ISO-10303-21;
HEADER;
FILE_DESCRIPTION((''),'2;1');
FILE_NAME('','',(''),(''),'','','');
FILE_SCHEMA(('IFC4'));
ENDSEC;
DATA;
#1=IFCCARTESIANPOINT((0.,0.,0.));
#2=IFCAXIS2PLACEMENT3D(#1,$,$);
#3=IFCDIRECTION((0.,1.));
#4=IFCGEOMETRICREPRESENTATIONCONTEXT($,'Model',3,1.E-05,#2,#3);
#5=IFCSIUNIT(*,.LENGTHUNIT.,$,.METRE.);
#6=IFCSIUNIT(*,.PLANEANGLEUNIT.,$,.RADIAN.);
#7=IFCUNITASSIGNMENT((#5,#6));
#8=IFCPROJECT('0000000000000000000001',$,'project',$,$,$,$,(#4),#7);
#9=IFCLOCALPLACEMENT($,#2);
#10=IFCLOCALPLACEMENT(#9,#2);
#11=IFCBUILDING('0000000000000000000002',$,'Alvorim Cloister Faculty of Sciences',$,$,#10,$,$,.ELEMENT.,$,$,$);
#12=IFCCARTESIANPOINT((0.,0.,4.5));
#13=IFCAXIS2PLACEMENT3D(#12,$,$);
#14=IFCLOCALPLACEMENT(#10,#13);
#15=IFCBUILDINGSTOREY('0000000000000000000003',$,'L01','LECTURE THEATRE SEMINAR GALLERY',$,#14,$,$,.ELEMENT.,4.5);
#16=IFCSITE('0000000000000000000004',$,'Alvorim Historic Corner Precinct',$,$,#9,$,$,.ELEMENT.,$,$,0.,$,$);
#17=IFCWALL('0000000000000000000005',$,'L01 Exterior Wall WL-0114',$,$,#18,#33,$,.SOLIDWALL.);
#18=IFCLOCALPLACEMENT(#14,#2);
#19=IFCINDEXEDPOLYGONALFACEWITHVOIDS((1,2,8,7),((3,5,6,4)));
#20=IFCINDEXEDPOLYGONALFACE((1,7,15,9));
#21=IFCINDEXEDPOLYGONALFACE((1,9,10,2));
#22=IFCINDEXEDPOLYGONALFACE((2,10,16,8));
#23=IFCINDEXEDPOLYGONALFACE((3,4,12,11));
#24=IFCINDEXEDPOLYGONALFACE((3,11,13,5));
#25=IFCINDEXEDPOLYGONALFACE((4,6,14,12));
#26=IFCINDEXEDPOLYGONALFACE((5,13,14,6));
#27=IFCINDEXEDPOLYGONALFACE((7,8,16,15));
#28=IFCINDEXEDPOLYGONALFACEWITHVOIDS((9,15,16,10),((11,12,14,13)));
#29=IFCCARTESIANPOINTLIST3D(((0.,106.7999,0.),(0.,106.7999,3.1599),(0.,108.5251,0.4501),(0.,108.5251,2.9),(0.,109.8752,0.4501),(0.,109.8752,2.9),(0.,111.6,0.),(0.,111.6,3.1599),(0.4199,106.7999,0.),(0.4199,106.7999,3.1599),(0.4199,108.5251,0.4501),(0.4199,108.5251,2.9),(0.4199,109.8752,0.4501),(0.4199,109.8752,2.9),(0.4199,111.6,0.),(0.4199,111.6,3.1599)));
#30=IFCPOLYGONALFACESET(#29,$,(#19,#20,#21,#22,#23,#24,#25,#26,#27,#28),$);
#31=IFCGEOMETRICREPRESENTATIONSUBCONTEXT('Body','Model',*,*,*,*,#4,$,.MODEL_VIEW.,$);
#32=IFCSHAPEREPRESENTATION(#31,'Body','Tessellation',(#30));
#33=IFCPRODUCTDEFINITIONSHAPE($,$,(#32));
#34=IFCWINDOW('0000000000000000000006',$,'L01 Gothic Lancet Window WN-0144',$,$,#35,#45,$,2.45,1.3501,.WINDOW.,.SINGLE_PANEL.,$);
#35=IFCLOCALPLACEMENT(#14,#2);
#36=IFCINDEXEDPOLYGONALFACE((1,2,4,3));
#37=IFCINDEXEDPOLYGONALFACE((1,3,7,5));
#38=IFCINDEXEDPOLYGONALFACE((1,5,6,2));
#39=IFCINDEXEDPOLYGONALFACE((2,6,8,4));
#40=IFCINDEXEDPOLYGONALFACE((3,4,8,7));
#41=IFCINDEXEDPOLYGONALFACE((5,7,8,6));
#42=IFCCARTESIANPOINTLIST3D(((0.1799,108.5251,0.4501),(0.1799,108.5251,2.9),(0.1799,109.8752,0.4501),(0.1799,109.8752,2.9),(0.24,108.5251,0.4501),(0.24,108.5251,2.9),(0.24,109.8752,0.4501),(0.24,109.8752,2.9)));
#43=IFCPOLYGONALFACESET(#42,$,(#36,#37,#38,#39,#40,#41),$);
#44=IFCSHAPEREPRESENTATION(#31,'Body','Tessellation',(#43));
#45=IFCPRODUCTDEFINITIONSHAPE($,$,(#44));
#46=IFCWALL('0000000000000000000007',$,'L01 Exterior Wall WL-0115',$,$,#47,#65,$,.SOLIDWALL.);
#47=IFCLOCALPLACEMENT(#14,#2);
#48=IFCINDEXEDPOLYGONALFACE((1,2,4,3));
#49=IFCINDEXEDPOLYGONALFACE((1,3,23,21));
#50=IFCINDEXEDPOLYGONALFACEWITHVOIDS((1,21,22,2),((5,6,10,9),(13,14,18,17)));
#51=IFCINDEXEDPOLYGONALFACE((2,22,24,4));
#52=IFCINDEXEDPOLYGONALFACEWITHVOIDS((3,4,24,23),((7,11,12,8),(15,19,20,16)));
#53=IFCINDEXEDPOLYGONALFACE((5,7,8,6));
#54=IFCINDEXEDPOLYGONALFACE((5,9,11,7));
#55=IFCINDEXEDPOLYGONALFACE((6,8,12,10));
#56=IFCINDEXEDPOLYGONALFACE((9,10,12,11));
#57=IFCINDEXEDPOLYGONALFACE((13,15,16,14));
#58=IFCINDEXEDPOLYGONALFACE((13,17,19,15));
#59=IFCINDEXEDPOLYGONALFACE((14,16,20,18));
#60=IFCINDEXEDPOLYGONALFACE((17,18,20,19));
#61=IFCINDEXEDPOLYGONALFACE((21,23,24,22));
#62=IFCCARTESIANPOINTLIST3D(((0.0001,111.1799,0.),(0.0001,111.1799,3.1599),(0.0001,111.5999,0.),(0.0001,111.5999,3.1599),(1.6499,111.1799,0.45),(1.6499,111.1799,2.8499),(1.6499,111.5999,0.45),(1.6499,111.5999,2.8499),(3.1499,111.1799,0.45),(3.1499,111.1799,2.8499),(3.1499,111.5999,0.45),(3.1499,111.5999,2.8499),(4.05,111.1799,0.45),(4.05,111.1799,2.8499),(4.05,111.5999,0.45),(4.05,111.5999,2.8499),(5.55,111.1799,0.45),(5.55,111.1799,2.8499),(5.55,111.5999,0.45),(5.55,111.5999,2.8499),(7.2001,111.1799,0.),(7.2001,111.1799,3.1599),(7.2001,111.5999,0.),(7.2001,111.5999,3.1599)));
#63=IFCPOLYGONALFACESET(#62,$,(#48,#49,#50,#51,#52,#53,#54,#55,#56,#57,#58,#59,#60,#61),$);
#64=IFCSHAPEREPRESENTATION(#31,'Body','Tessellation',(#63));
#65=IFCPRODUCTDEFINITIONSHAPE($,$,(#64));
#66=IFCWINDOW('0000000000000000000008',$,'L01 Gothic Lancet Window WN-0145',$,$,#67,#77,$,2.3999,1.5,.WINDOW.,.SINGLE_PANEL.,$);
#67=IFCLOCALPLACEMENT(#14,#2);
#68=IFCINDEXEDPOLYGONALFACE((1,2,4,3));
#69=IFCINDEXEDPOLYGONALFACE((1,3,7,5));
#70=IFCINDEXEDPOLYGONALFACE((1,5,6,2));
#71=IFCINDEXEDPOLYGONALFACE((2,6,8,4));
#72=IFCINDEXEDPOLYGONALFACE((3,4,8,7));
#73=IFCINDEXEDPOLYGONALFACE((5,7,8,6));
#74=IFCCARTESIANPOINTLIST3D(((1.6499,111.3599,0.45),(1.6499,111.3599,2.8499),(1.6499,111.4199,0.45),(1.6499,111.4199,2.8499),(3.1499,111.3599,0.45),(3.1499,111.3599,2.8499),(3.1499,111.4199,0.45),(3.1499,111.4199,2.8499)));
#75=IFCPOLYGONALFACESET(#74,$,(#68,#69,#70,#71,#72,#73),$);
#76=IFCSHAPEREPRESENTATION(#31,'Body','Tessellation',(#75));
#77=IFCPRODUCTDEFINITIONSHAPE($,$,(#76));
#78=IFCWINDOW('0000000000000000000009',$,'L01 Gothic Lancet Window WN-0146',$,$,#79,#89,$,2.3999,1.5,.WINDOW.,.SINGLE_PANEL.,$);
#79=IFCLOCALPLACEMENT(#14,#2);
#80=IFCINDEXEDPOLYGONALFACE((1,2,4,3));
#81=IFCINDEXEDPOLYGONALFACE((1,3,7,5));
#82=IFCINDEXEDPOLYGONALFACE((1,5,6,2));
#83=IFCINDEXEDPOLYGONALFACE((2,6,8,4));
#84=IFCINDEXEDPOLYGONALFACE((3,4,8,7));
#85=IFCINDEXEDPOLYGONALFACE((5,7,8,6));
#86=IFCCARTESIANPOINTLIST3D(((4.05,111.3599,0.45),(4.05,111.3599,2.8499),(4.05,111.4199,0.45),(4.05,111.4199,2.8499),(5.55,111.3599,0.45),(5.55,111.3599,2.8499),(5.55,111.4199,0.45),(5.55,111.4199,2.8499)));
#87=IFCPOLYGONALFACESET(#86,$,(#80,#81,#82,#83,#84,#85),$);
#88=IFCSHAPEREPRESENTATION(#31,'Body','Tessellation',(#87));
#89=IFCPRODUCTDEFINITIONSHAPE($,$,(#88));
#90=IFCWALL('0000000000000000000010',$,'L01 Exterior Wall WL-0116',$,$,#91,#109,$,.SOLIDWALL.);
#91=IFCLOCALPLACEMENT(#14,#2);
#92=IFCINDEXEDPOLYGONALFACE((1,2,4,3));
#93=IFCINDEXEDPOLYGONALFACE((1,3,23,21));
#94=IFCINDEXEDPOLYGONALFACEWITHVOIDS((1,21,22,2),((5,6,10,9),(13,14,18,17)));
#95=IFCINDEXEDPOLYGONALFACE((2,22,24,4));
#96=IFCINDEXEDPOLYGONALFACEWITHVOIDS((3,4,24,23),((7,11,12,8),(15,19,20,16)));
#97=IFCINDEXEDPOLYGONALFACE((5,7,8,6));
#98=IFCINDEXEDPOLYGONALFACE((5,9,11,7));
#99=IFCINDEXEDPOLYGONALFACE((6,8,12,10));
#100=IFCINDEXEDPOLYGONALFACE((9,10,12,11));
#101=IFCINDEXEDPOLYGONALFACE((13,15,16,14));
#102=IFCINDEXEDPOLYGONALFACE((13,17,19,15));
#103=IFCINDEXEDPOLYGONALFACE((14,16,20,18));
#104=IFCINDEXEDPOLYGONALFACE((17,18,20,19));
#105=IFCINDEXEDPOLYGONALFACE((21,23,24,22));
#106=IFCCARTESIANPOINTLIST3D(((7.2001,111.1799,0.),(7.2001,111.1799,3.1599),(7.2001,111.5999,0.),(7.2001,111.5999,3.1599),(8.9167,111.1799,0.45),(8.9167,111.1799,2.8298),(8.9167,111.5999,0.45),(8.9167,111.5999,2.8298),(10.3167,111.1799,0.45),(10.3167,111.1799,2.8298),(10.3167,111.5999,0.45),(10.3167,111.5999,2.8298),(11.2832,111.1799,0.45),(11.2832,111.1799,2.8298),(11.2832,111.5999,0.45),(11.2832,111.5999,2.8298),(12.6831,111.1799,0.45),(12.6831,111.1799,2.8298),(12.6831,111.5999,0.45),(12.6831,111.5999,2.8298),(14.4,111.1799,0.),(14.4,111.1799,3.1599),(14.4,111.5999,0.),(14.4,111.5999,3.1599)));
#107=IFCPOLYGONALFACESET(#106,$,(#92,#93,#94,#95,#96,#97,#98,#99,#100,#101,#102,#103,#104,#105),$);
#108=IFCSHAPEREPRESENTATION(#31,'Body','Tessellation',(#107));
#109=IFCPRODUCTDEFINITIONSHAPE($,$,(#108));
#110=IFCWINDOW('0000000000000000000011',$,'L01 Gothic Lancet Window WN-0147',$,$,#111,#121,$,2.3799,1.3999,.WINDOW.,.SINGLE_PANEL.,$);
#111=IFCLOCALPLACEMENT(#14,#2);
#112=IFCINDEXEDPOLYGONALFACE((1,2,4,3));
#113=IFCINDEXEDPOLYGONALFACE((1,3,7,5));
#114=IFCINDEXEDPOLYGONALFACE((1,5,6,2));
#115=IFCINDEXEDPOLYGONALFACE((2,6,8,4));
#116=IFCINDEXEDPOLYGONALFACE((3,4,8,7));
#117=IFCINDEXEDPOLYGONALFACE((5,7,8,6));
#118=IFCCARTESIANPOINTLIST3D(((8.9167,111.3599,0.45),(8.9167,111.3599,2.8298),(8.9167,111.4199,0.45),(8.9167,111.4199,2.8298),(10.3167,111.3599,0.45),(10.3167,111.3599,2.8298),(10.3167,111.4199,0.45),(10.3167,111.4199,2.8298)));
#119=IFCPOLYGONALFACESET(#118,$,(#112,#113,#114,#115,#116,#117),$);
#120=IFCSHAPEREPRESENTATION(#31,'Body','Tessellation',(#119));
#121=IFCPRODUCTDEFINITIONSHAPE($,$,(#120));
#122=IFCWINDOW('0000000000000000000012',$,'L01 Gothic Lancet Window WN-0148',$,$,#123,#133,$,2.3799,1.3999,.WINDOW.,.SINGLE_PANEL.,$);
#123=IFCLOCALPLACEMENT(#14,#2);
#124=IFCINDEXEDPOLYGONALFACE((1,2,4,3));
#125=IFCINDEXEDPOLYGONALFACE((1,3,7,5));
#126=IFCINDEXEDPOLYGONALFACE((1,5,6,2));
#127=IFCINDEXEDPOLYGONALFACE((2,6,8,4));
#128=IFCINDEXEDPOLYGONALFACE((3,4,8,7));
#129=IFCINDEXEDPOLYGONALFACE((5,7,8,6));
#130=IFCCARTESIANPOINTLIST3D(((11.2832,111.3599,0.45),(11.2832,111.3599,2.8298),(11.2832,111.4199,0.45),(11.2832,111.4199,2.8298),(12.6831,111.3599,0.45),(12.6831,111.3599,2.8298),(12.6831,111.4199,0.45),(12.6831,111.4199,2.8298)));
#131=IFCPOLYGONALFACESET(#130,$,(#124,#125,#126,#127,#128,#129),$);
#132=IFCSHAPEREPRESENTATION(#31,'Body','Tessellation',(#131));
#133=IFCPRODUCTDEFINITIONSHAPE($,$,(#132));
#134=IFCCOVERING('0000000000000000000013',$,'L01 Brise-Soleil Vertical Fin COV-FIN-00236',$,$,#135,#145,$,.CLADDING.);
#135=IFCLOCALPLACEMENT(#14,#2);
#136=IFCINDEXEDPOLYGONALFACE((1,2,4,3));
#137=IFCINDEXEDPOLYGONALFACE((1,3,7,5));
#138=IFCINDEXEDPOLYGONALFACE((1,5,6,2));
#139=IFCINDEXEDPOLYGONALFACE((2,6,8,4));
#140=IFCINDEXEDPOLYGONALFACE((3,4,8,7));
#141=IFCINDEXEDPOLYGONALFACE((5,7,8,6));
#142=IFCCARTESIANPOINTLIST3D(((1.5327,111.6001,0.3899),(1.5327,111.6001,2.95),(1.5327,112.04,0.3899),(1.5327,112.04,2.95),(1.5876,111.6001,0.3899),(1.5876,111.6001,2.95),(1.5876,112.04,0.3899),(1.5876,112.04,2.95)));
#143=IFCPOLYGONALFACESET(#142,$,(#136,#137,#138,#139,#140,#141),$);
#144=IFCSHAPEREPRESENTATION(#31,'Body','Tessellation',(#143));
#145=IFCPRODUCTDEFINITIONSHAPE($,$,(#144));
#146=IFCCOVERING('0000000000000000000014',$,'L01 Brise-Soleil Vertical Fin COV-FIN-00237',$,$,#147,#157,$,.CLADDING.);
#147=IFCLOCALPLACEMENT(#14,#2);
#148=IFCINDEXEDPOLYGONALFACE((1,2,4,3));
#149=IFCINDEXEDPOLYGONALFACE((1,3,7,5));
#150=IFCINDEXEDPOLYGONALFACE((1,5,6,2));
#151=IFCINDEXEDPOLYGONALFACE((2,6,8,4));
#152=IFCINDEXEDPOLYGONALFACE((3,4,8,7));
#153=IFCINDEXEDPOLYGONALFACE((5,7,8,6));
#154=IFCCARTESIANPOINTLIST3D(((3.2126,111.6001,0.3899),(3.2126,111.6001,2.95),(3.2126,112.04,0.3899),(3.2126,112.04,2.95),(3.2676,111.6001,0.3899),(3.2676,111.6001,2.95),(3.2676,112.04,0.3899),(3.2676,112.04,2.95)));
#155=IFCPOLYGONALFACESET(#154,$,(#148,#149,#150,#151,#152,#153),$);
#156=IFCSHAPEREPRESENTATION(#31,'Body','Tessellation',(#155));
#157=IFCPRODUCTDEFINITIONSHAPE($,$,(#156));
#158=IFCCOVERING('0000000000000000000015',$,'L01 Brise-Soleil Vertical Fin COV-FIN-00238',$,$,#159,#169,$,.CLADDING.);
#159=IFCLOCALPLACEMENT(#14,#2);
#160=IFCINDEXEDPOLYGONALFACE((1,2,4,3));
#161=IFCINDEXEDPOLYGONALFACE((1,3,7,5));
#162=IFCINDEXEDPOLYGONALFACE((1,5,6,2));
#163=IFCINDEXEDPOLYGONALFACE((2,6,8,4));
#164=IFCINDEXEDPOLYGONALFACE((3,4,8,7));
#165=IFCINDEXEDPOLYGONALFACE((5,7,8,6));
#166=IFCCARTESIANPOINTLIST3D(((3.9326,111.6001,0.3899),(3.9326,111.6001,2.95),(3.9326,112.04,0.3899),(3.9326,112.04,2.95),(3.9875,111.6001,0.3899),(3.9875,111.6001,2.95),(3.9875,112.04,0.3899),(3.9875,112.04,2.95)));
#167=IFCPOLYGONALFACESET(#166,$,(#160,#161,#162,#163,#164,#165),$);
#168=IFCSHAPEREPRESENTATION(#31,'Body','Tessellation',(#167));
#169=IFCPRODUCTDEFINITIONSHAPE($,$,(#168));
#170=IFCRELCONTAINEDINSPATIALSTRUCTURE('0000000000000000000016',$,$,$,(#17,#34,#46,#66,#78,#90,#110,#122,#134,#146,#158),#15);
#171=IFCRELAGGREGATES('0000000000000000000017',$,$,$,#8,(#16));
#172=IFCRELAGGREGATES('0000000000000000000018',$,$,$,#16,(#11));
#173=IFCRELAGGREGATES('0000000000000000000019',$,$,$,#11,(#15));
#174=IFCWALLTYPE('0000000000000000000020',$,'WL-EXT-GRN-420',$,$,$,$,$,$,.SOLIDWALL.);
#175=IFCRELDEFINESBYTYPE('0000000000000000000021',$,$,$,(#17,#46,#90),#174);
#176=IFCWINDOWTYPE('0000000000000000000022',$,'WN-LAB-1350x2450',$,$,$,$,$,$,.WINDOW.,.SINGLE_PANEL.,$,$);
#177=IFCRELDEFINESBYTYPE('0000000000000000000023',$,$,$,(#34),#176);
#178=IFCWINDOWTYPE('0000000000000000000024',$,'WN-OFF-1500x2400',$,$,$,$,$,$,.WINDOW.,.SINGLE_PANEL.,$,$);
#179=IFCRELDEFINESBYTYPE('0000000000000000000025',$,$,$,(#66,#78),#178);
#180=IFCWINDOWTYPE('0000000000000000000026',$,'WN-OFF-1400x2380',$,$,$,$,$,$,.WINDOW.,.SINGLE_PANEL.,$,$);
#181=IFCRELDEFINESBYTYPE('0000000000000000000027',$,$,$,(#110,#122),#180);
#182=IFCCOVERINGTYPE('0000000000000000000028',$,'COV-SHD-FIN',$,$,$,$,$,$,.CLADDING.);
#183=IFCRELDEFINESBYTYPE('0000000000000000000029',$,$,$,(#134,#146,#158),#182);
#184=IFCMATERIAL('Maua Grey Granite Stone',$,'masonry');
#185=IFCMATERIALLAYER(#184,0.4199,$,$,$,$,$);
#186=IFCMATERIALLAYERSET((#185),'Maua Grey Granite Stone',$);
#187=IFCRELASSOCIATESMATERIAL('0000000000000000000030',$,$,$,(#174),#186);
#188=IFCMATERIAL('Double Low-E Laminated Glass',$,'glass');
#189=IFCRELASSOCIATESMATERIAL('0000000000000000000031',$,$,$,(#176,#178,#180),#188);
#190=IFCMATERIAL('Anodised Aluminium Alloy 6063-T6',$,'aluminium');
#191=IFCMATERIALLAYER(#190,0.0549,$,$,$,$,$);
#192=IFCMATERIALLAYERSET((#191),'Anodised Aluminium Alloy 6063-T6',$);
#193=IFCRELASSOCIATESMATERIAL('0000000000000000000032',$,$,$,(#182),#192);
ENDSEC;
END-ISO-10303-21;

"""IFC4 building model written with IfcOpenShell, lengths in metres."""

from ifc_helpers import new_model, si_unit, direction, frame, frame_2d, origin, place, context, subcontext, project, spatial, polyline, rectangle, outline, extrude, material, layer, layer_set, type_object, element, fill, save


model = new_model("IFC4")

# Units and contexts
model_context = context("Model", 3, precision=1e-05, world=origin(), true_north=direction((0.0, 1.0)))
body_context = subcontext(model_context, "Body", "Model", "MODEL_VIEW")
ifc_project = project(units=[si_unit("LENGTHUNIT", "METRE"), si_unit("PLANEANGLEUNIT", "RADIAN")], contexts=[model_context])

# Site, building, storey
site_placement = place(None, origin())
site = spatial("IfcSite", under=ifc_project, at=site_placement, Name="Alvorim Historic Corner Precinct", CompositionType="ELEMENT", RefElevation=0.0)
building_placement = place(site_placement, origin())
building = spatial("IfcBuilding", under=site, at=building_placement, Name="Alvorim Cloister Faculty of Sciences", CompositionType="ELEMENT")
storey_placement = place(building_placement, frame((0.0, 0.0, 4.5)))
storey = spatial("IfcBuildingStorey", under=building, at=storey_placement, Name="L01", Description="LECTURE THEATRE SEMINAR GALLERY", CompositionType="ELEMENT", Elevation=4.5)

# Wall, opening, window
ifc_material_1 = material(Name="Maua Grey Granite Stone", Category="masonry")
ifc_layer_1 = layer(ifc_material_1, 0.4199)
ifc_layer_set_1 = layer_set([ifc_layer_1], Name="Maua Grey Granite Stone")
wall_type = type_object("IfcWallType", Name="WL-EXT-GRN-420", PredefinedType="SOLIDWALL", material=ifc_layer_set_1)
wall_1_placement = place(storey_placement, frame((0.21, 106.8, 0.0), z_axis=(0.0, 0.0, 1.0), x_axis=(0.0, 1.0, 0.0)))
wall_1 = element("IfcWall", 1, at=wall_1_placement, inside=storey, type_object=wall_type, Name="L01 Exterior Wall WL-0114", PredefinedType="SOLIDWALL", context=body_context, shape_type="SweptSolid", body=[
    extrude(rectangle(XDim=4.8, YDim=0.4199, at=frame_2d((2.3999, 0.0))), origin(), (0.0, 0.0, 1.0), 3.1599),
])
opening_1_placement = place(wall_1_placement, frame((1.7251, 0.0, 0.45)))
opening_1 = element("IfcOpeningElement", 2, at=opening_1_placement, cuts=wall_1, PredefinedType="OPENING", context=body_context, shape_type="SweptSolid", body=[
    extrude(rectangle(XDim=1.3501, YDim=2.45, at=frame_2d((0.675, 1.2251))), frame((0.0, 0.2219, 0.0), z_axis=(0.0, -1.0, 0.0), x_axis=(1.0, 0.0, 0.0)), (0.0, 0.0, 1.0), 0.4438),
])
ifc_material_2 = material(Name="Double Low-E Laminated Glass", Category="glass")
window_type_1 = type_object("IfcWindowType", Name="WN-LAB-1350x2450", PartitioningType="SINGLE_PANEL", PredefinedType="WINDOW", material=ifc_material_2)
window_1_placement = place(opening_1_placement, origin())
window_1 = element("IfcWindow", 3, at=window_1_placement, inside=storey, type_object=window_type_1, Name="L01 Gothic Lancet Window WN-0144", OverallHeight=2.45, OverallWidth=1.3501, PartitioningType="SINGLE_PANEL", PredefinedType="WINDOW", context=body_context, shape_type="SweptSolid", body=[
    extrude(rectangle(XDim=1.3501, YDim=2.45, at=frame_2d((0.675, 1.2251))), frame((0.0, 0.03, 0.0), z_axis=(0.0, -1.0, 0.0), x_axis=(1.0, 0.0, 0.0)), (0.0, 0.0, 1.0), 0.0601),
])
fill(opening_1, window_1)

# Walls, openings, windows
wall_2_placement = place(storey_placement, frame((0.0, 111.3899, 0.0), z_axis=(0.0, 0.0, 1.0), x_axis=(1.0, 0.0, 0.0)))
wall_2 = element("IfcWall", 4, at=wall_2_placement, inside=storey, type_object=wall_type, Name="L01 Exterior Wall WL-0115", PredefinedType="SOLIDWALL", context=body_context, shape_type="SweptSolid", body=[
    extrude(rectangle(XDim=7.2, YDim=0.4199, at=frame_2d((3.6001, 0.0))), origin(), (0.0, 0.0, 1.0), 3.1599),
])
opening_2_placement = place(wall_2_placement, frame((1.6499, 0.0, 0.45)))
opening_2 = element("IfcOpeningElement", 5, at=opening_2_placement, cuts=wall_2, PredefinedType="OPENING", context=body_context, shape_type="SweptSolid", body=[
    extrude(rectangle(XDim=1.5, YDim=2.3999, at=frame_2d((0.75, 1.2))), frame((0.0, 0.2219, 0.0), z_axis=(0.0, -1.0, 0.0), x_axis=(1.0, 0.0, 0.0)), (0.0, 0.0, 1.0), 0.4438),
])
opening_3_placement = place(wall_2_placement, frame((4.05, 0.0, 0.45)))
opening_3 = element("IfcOpeningElement", 6, at=opening_3_placement, cuts=wall_2, PredefinedType="OPENING", context=body_context, shape_type="SweptSolid", body=[
    extrude(rectangle(XDim=1.5, YDim=2.3999, at=frame_2d((0.75, 1.2))), frame((0.0, 0.2219, 0.0), z_axis=(0.0, -1.0, 0.0), x_axis=(1.0, 0.0, 0.0)), (0.0, 0.0, 1.0), 0.4438),
])
window_type_2 = type_object("IfcWindowType", Name="WN-OFF-1500x2400", PartitioningType="SINGLE_PANEL", PredefinedType="WINDOW", material=ifc_material_2)
window_2_placement = place(opening_2_placement, origin())
window_2 = element("IfcWindow", 7, at=window_2_placement, inside=storey, type_object=window_type_2, Name="L01 Gothic Lancet Window WN-0145", OverallHeight=2.3999, OverallWidth=1.5, PartitioningType="SINGLE_PANEL", PredefinedType="WINDOW", context=body_context, shape_type="SweptSolid", body=[
    extrude(rectangle(XDim=1.5, YDim=2.3999, at=frame_2d((0.75, 1.2))), frame((0.0, 0.03, 0.0), z_axis=(0.0, -1.0, 0.0), x_axis=(1.0, 0.0, 0.0)), (0.0, 0.0, 1.0), 0.0601),
])
fill(opening_2, window_2)
window_3_placement = place(opening_3_placement, origin())
window_3 = element("IfcWindow", 8, at=window_3_placement, inside=storey, type_object=window_type_2, Name="L01 Gothic Lancet Window WN-0146", OverallHeight=2.3999, OverallWidth=1.5, PartitioningType="SINGLE_PANEL", PredefinedType="WINDOW", context=body_context, shape_type="SweptSolid", body=[
    extrude(rectangle(XDim=1.5, YDim=2.3999, at=frame_2d((0.75, 1.2))), frame((0.0, 0.03, 0.0), z_axis=(0.0, -1.0, 0.0), x_axis=(1.0, 0.0, 0.0)), (0.0, 0.0, 1.0), 0.0601),
])
fill(opening_3, window_3)
wall_3_placement = place(storey_placement, frame((7.2, 111.3899, 0.0), z_axis=(0.0, 0.0, 1.0), x_axis=(1.0, 0.0, 0.0)))
wall_3 = element("IfcWall", 9, at=wall_3_placement, inside=storey, type_object=wall_type, Name="L01 Exterior Wall WL-0116", PredefinedType="SOLIDWALL", context=body_context, shape_type="SweptSolid", body=[
    extrude(rectangle(XDim=7.2, YDim=0.4199, at=frame_2d((3.6001, 0.0))), origin(), (0.0, 0.0, 1.0), 3.1599),
])
opening_4_placement = place(wall_3_placement, frame((1.7168, 0.0, 0.45)))
opening_4 = element("IfcOpeningElement", 10, at=opening_4_placement, cuts=wall_3, PredefinedType="OPENING", context=body_context, shape_type="SweptSolid", body=[
    extrude(rectangle(XDim=1.3999, YDim=2.3799, at=frame_2d((0.7, 1.1899))), frame((0.0, 0.2219, 0.0), z_axis=(0.0, -1.0, 0.0), x_axis=(1.0, 0.0, 0.0)), (0.0, 0.0, 1.0), 0.4438),
])
opening_5_placement = place(wall_3_placement, frame((4.0833, 0.0, 0.45)))
opening_5 = element("IfcOpeningElement", 11, at=opening_5_placement, cuts=wall_3, PredefinedType="OPENING", context=body_context, shape_type="SweptSolid", body=[
    extrude(rectangle(XDim=1.3999, YDim=2.3799, at=frame_2d((0.7, 1.1899))), frame((0.0, 0.2219, 0.0), z_axis=(0.0, -1.0, 0.0), x_axis=(1.0, 0.0, 0.0)), (0.0, 0.0, 1.0), 0.4438),
])
window_type_3 = type_object("IfcWindowType", Name="WN-OFF-1400x2380", PartitioningType="SINGLE_PANEL", PredefinedType="WINDOW", material=ifc_material_2)
window_4_placement = place(opening_4_placement, origin())
window_4 = element("IfcWindow", 12, at=window_4_placement, inside=storey, type_object=window_type_3, Name="L01 Gothic Lancet Window WN-0147", OverallHeight=2.3799, OverallWidth=1.3999, PartitioningType="SINGLE_PANEL", PredefinedType="WINDOW", context=body_context, shape_type="SweptSolid", body=[
    extrude(rectangle(XDim=1.3999, YDim=2.3799, at=frame_2d((0.7, 1.1899))), frame((0.0, 0.03, 0.0), z_axis=(0.0, -1.0, 0.0), x_axis=(1.0, 0.0, 0.0)), (0.0, 0.0, 1.0), 0.0601),
])
fill(opening_4, window_4)
window_5_placement = place(opening_5_placement, origin())
window_5 = element("IfcWindow", 13, at=window_5_placement, inside=storey, type_object=window_type_3, Name="L01 Gothic Lancet Window WN-0148", OverallHeight=2.3799, OverallWidth=1.3999, PartitioningType="SINGLE_PANEL", PredefinedType="WINDOW", context=body_context, shape_type="SweptSolid", body=[
    extrude(rectangle(XDim=1.3999, YDim=2.3799, at=frame_2d((0.7, 1.1899))), frame((0.0, 0.03, 0.0), z_axis=(0.0, -1.0, 0.0), x_axis=(1.0, 0.0, 0.0)), (0.0, 0.0, 1.0), 0.0601),
])
fill(opening_5, window_5)

# Coverings
ifc_material_3 = material(Name="Anodised Aluminium Alloy 6063-T6", Category="aluminium")
ifc_layer_2 = layer(ifc_material_3, 0.0549)
ifc_layer_set_2 = layer_set([ifc_layer_2], Name="Anodised Aluminium Alloy 6063-T6")
covering_type = type_object("IfcCoveringType", Name="COV-SHD-FIN", PredefinedType="CLADDING", material=ifc_layer_set_2)
for number, where, z_axis, x_axis, name in (
    (14, (1.5601, 111.6001, 0.3899), (0.0, 0.0, 1.0), (0.0, 1.0, 0.0), "L01 Brise-Soleil Vertical Fin COV-FIN-00236"),
    (15, (3.24, 111.6001, 0.3899), (0.0, 0.0, 1.0), (0.0, 1.0, 0.0), "L01 Brise-Soleil Vertical Fin COV-FIN-00237"),
    (16, (3.96, 111.6001, 0.3899), (0.0, 0.0, 1.0), (0.0, 1.0, 0.0), "L01 Brise-Soleil Vertical Fin COV-FIN-00238"),
):
    element("IfcCovering", number, at=place(storey_placement, frame(where, z_axis=z_axis, x_axis=x_axis)), inside=storey, type_object=covering_type, Name=name, PredefinedType="CLADDING", context=body_context, shape_type="SweptSolid", body=[
        extrude(outline(polyline([(0.0, 0.0), (0.4399, 0.0), (0.4399, 2.5601), (0.0, 2.5601), (0.0, 0.0)])), frame((0.0, 0.0273, 0.0), z_axis=(0.0, -1.0, 0.0), x_axis=(1.0, 0.0, 0.0)), (0.0, 0.0, 1.0), 0.0549),
    ])

save(model, "model.ifc")
